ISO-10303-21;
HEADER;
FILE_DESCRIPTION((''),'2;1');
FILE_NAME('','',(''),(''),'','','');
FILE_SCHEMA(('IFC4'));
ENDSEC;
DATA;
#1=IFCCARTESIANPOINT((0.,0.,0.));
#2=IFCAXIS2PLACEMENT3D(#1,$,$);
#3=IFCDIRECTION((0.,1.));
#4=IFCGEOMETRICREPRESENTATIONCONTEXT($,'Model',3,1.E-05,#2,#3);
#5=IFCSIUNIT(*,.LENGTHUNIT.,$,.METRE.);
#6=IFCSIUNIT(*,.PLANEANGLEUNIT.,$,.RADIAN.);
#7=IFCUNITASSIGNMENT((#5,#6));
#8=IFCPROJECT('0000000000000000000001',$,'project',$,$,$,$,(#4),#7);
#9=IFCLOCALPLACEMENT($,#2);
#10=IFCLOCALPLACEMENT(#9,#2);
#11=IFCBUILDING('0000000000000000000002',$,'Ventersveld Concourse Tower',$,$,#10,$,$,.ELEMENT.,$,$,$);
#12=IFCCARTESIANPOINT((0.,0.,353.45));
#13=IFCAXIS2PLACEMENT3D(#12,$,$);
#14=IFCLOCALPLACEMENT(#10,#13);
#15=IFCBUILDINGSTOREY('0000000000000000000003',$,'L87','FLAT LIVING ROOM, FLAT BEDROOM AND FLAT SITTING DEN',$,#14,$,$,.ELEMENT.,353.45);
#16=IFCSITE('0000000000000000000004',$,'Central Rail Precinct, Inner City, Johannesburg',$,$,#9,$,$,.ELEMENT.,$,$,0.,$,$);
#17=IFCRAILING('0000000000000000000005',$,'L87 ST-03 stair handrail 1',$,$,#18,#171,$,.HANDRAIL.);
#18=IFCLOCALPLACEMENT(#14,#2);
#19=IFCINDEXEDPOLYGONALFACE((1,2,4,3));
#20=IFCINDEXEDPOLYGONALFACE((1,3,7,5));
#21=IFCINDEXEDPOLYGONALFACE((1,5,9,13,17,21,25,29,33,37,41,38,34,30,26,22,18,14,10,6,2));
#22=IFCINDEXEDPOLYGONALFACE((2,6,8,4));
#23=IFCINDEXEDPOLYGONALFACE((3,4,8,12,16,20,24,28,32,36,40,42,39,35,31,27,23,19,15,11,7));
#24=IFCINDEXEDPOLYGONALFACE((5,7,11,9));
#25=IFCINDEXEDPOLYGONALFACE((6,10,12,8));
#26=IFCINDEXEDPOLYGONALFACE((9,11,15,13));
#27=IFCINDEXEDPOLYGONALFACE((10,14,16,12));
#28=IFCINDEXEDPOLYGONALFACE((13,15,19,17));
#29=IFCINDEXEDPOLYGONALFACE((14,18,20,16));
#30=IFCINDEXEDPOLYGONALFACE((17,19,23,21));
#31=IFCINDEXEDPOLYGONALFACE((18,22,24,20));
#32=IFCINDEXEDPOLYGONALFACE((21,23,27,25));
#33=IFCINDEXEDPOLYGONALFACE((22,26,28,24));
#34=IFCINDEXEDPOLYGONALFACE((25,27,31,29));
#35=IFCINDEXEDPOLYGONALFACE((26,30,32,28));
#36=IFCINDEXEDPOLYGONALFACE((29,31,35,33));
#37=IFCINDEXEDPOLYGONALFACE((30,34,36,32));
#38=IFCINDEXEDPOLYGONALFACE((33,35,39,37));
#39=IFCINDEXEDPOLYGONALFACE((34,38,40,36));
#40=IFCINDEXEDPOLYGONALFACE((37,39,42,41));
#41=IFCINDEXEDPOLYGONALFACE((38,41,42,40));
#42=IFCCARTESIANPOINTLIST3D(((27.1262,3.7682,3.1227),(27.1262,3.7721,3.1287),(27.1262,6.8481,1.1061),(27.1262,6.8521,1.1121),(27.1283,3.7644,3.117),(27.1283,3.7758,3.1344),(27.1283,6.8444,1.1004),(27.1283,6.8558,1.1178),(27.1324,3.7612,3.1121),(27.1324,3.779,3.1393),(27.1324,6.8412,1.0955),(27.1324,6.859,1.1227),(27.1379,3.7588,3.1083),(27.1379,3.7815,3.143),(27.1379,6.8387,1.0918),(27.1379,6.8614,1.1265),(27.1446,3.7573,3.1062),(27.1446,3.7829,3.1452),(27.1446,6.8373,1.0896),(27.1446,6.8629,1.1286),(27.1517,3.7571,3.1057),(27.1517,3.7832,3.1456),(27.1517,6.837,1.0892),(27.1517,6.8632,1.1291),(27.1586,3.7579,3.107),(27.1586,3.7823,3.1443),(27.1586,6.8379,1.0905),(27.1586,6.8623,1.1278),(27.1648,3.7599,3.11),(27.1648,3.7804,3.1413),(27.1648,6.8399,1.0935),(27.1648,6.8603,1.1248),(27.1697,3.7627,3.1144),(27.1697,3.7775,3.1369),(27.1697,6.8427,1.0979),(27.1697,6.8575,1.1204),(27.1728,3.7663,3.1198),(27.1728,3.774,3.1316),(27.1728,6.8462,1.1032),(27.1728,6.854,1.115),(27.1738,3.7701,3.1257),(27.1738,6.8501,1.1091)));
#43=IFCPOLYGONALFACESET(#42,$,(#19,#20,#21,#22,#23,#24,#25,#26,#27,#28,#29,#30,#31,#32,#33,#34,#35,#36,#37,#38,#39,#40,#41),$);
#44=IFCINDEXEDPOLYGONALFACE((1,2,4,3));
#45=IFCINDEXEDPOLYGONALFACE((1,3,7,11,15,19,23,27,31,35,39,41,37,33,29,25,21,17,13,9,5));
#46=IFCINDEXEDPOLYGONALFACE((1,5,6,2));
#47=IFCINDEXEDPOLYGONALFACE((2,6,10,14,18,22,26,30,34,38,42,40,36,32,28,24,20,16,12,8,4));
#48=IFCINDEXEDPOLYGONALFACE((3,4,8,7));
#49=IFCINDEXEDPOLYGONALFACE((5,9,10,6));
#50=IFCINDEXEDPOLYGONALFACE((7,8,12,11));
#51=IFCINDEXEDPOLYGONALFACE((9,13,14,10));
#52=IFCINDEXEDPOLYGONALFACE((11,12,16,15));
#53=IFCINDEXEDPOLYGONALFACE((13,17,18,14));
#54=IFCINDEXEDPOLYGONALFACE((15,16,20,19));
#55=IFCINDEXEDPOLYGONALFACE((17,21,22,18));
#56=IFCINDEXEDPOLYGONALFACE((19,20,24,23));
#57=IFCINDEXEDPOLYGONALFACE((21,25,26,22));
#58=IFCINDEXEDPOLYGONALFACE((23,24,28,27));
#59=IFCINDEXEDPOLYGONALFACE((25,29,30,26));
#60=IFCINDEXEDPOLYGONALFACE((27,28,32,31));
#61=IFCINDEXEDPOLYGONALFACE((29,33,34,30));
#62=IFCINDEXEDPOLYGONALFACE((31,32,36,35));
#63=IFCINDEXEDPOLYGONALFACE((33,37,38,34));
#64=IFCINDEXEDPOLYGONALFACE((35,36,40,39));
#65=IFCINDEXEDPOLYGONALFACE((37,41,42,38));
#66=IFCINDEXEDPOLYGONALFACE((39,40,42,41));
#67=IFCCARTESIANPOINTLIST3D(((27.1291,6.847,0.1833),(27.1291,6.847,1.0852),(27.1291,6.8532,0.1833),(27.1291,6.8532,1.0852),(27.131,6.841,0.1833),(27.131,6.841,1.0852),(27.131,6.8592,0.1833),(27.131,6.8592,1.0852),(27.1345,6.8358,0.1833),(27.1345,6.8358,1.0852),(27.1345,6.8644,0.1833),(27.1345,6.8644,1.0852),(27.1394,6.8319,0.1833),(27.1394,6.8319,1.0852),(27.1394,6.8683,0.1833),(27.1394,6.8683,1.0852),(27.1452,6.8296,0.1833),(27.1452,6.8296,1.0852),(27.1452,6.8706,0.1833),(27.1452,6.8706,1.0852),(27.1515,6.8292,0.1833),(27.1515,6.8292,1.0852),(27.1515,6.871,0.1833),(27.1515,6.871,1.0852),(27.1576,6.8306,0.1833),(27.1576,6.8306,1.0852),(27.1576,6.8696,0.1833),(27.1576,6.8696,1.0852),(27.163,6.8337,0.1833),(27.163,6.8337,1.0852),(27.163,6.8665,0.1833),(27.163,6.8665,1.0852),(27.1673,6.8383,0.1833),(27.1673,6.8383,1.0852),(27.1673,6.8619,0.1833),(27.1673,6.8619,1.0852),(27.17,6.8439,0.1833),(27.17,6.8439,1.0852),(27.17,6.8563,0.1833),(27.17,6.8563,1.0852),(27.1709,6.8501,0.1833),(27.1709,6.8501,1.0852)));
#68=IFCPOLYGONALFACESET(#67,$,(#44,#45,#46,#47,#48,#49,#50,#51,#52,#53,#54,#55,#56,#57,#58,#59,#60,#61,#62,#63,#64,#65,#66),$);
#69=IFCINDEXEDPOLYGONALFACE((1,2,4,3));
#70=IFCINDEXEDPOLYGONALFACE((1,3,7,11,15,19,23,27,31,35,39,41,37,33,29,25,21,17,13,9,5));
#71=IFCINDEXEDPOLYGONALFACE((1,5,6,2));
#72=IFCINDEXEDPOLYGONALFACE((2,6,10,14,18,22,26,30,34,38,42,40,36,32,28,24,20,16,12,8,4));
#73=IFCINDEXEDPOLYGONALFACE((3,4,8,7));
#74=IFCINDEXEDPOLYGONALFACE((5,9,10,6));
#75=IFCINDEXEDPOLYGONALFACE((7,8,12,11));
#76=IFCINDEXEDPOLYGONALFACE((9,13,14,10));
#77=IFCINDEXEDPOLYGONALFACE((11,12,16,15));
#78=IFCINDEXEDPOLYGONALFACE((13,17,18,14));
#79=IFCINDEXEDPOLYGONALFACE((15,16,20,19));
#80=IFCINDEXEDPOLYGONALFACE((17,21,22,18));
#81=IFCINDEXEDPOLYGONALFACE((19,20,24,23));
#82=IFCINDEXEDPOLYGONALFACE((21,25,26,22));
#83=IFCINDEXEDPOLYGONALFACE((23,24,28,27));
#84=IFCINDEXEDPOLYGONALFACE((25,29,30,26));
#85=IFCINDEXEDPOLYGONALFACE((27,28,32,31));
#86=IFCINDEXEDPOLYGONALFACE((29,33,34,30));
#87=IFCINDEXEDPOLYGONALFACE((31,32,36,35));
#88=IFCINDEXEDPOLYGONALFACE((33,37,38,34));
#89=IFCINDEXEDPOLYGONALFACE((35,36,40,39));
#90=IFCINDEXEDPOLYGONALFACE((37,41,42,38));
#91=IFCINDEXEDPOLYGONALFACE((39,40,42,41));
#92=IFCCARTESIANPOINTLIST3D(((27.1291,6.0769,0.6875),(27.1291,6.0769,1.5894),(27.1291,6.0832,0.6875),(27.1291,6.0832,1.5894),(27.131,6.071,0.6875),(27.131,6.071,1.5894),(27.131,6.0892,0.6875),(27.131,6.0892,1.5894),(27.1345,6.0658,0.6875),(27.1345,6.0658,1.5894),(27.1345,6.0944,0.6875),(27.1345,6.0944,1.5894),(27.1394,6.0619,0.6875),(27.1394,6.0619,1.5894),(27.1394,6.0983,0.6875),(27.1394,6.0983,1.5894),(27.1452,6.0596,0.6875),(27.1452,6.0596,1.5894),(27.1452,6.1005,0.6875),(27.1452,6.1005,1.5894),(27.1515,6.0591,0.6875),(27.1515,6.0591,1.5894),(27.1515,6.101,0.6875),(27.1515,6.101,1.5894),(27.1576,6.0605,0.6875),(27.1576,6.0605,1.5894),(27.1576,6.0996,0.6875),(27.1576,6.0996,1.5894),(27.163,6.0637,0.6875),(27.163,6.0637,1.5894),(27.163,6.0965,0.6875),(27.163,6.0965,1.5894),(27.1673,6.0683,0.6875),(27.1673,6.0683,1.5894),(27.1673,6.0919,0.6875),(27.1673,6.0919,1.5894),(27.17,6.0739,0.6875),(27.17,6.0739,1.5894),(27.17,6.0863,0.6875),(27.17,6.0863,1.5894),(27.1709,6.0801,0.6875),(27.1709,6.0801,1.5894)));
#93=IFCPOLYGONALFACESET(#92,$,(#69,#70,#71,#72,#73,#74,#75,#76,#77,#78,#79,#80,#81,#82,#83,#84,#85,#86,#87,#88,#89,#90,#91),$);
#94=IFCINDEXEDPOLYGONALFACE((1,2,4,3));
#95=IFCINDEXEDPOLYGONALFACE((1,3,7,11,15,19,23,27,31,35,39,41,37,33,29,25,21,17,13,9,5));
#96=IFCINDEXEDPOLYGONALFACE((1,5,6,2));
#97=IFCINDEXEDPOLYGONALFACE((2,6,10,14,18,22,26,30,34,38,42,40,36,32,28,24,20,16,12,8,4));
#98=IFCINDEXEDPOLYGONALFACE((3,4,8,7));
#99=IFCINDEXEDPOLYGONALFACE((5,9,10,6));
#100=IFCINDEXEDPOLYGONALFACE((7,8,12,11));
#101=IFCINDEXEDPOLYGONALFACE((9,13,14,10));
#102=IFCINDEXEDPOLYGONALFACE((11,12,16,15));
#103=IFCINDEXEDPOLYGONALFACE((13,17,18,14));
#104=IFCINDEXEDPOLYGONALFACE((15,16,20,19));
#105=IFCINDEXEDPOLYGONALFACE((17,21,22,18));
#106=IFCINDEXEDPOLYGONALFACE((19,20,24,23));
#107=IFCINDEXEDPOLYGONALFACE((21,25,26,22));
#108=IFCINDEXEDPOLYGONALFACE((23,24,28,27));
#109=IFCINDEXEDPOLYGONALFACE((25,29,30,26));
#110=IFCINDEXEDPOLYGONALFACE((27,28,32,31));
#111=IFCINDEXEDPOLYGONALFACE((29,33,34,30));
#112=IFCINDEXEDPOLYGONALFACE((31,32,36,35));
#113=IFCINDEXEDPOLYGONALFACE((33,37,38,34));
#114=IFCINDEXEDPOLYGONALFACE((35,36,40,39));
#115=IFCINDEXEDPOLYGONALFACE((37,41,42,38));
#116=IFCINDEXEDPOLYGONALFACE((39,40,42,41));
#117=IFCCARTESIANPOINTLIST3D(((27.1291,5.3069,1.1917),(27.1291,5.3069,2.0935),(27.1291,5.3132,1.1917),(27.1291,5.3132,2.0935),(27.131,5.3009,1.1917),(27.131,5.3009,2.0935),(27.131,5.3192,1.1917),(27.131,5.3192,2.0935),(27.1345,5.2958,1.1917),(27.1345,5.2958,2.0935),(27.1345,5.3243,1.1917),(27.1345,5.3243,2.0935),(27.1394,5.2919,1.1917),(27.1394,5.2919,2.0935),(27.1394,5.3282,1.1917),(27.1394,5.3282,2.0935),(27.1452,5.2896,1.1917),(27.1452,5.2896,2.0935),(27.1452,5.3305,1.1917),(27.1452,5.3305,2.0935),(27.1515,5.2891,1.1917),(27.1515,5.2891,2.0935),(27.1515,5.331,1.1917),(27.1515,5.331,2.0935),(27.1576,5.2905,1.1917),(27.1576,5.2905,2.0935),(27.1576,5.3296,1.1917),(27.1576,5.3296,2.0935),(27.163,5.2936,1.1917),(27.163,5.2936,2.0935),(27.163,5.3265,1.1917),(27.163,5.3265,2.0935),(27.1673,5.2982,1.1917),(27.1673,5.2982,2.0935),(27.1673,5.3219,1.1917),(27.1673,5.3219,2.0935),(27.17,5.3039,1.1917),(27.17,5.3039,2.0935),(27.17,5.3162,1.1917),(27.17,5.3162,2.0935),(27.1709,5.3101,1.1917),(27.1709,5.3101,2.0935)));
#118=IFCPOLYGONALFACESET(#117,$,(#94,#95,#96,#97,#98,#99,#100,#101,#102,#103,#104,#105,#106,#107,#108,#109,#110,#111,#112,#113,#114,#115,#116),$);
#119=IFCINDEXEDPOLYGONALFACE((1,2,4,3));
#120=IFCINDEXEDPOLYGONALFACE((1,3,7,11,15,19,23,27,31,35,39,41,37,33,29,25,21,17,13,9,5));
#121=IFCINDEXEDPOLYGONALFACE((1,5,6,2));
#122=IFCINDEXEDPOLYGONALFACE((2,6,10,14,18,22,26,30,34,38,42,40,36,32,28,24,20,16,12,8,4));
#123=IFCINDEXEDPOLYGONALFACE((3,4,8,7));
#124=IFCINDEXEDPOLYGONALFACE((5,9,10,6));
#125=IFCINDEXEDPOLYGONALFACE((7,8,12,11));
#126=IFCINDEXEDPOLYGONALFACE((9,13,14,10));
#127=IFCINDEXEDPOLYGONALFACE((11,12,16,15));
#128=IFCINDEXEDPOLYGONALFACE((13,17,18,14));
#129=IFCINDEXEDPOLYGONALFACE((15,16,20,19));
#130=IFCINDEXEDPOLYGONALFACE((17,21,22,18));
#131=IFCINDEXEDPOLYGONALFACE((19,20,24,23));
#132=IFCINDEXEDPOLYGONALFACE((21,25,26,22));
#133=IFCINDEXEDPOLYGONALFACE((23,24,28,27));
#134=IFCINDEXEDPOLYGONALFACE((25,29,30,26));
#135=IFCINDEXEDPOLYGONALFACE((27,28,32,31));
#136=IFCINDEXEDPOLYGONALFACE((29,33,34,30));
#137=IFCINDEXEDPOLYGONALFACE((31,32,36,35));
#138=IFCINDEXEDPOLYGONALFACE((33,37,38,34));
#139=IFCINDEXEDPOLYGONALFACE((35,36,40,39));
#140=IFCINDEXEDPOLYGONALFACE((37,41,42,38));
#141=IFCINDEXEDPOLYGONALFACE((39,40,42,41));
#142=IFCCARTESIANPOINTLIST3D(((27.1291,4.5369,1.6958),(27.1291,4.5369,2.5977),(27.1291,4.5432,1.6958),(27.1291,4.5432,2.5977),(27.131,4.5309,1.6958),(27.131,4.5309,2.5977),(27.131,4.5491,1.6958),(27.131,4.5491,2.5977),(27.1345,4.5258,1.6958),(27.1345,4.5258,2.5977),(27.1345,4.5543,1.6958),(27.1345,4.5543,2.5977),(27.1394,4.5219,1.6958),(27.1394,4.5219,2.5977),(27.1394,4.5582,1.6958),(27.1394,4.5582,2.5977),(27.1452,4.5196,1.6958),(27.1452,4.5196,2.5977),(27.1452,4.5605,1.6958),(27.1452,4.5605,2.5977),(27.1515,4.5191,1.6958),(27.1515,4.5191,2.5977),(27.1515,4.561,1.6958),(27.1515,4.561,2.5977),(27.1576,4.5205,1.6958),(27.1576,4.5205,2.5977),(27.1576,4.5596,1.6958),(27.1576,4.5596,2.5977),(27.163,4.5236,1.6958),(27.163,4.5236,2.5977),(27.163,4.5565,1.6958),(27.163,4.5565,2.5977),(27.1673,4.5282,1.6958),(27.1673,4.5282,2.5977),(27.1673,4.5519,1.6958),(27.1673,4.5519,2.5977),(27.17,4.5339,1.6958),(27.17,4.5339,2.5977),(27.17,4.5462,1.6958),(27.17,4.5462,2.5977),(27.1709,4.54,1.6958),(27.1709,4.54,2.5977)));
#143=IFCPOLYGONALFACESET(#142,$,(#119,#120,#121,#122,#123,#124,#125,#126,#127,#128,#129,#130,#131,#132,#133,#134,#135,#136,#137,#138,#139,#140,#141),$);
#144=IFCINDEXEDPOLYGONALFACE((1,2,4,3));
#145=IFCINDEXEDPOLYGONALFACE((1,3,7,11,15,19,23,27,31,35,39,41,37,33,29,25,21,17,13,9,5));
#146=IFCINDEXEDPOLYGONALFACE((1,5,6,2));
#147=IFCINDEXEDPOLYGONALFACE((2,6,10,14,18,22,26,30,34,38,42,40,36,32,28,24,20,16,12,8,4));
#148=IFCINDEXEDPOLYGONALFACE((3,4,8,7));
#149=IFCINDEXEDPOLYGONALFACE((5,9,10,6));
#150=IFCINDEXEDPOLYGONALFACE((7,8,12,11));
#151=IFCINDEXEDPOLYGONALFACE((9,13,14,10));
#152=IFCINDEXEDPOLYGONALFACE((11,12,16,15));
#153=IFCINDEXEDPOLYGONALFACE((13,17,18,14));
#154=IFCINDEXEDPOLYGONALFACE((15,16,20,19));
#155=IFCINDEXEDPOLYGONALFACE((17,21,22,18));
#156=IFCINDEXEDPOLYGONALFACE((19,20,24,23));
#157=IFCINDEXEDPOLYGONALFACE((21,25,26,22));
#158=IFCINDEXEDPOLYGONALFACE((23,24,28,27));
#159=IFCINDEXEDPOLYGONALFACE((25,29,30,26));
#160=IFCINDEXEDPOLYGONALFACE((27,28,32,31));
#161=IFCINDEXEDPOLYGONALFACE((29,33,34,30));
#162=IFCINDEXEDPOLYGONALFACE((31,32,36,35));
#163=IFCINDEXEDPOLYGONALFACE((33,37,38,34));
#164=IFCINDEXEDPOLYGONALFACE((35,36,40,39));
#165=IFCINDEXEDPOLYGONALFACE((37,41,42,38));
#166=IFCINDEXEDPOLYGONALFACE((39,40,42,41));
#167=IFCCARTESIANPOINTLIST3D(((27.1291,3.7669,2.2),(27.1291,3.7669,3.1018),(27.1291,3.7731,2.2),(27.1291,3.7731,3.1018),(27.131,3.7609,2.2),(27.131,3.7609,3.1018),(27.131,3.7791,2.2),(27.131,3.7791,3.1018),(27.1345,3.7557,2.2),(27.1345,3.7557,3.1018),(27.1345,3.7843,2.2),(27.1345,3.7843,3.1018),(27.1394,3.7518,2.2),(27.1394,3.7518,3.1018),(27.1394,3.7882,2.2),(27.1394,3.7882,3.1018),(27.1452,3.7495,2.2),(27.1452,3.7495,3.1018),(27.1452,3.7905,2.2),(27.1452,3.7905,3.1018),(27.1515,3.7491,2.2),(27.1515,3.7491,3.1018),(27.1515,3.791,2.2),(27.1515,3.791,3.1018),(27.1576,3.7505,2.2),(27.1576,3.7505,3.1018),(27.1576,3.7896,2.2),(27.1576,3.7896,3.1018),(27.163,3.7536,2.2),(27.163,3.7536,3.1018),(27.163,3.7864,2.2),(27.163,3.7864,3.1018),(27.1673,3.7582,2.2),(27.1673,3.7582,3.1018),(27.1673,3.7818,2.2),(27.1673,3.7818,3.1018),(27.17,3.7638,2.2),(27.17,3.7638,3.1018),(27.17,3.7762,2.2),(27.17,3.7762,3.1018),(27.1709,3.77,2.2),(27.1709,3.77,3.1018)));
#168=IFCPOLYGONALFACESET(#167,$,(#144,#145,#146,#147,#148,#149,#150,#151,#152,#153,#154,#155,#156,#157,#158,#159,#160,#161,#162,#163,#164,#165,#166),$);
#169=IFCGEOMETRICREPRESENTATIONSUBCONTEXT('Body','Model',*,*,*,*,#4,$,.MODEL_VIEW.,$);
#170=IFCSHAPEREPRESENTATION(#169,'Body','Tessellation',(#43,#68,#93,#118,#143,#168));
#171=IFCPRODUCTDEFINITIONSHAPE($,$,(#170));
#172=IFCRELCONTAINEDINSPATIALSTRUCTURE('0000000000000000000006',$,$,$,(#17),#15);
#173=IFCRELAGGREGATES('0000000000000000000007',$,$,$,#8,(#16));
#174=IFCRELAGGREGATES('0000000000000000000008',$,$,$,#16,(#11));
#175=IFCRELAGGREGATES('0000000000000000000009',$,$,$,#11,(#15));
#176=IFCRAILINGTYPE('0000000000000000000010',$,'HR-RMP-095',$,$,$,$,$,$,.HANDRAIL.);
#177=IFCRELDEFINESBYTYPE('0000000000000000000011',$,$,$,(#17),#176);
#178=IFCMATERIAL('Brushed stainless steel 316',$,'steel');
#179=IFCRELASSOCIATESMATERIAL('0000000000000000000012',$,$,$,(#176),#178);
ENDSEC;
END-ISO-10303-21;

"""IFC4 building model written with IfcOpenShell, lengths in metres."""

from ifc_helpers import new_model, si_unit, direction, frame, origin, origin_2d, place, context, subcontext, project, spatial, circle, extrude, material, type_object, element, save


model = new_model("IFC4")

# Units and contexts
model_context = context("Model", 3, precision=1e-05, world=origin(), true_north=direction((0.0, 1.0)))
body_context = subcontext(model_context, "Body", "Model", "MODEL_VIEW")
ifc_project = project(units=[si_unit("LENGTHUNIT", "METRE"), si_unit("PLANEANGLEUNIT", "RADIAN")], contexts=[model_context])

# Site, building, storey
site_placement = place(None, origin())
site = spatial("IfcSite", under=ifc_project, at=site_placement, Name="Central Rail Precinct, Inner City, Johannesburg", CompositionType="ELEMENT", RefElevation=0.0)
building_placement = place(site_placement, origin())
building = spatial("IfcBuilding", under=site, at=building_placement, Name="Ventersveld Concourse Tower", CompositionType="ELEMENT")
storey_placement = place(building_placement, frame((0.0, 0.0, 353.45)))
storey = spatial("IfcBuildingStorey", under=building, at=storey_placement, Name="L87", Description="FLAT LIVING ROOM, FLAT BEDROOM AND FLAT SITTING DEN", CompositionType="ELEMENT", Elevation=353.45)

# Shared definitions
ifc_material_1 = material(Name="Brushed stainless steel 316", Category="steel")

# Railing
railing_type_1 = type_object("IfcRailingType", Name="HR-RMP-095", PredefinedType="HANDRAIL", material=ifc_material_1)
railing_1_placement = place(storey_placement, frame((27.1499, 6.8501, 0.1833)))
element("IfcRailing", 1, at=railing_1_placement, inside=storey, type_object=railing_type_1, Name="L87 ST-03 stair handrail 1", PredefinedType="HANDRAIL", context=body_context, shape_type="SweptSolid", body=[
    extrude(circle(Radius=0.0239, at=origin_2d()), frame((0.0, 0.0, 0.9258), z_axis=(0.0, -0.836633, 0.547764), x_axis=(1.0, 0.0, 0.0)), (0.0, 0.0, 1.0), 3.6814),
    extrude(circle(Radius=0.021, at=origin_2d()), origin(), (0.0, 0.0, 1.0), 0.9019),
    extrude(circle(Radius=0.021, at=origin_2d()), frame((0.0, -0.77, 0.5042)), (0.0, 0.0, 1.0), 0.9019),
    extrude(circle(Radius=0.021, at=origin_2d()), frame((0.0, -1.54, 1.0083)), (0.0, 0.0, 1.0), 0.9019),
    extrude(circle(Radius=0.021, at=origin_2d()), frame((0.0, -2.3101, 1.5125)), (0.0, 0.0, 1.0), 0.9019),
    extrude(circle(Radius=0.021, at=origin_2d()), frame((0.0, -3.0801, 2.0166)), (0.0, 0.0, 1.0), 0.9019),
])

save(model, "model.ifc")
